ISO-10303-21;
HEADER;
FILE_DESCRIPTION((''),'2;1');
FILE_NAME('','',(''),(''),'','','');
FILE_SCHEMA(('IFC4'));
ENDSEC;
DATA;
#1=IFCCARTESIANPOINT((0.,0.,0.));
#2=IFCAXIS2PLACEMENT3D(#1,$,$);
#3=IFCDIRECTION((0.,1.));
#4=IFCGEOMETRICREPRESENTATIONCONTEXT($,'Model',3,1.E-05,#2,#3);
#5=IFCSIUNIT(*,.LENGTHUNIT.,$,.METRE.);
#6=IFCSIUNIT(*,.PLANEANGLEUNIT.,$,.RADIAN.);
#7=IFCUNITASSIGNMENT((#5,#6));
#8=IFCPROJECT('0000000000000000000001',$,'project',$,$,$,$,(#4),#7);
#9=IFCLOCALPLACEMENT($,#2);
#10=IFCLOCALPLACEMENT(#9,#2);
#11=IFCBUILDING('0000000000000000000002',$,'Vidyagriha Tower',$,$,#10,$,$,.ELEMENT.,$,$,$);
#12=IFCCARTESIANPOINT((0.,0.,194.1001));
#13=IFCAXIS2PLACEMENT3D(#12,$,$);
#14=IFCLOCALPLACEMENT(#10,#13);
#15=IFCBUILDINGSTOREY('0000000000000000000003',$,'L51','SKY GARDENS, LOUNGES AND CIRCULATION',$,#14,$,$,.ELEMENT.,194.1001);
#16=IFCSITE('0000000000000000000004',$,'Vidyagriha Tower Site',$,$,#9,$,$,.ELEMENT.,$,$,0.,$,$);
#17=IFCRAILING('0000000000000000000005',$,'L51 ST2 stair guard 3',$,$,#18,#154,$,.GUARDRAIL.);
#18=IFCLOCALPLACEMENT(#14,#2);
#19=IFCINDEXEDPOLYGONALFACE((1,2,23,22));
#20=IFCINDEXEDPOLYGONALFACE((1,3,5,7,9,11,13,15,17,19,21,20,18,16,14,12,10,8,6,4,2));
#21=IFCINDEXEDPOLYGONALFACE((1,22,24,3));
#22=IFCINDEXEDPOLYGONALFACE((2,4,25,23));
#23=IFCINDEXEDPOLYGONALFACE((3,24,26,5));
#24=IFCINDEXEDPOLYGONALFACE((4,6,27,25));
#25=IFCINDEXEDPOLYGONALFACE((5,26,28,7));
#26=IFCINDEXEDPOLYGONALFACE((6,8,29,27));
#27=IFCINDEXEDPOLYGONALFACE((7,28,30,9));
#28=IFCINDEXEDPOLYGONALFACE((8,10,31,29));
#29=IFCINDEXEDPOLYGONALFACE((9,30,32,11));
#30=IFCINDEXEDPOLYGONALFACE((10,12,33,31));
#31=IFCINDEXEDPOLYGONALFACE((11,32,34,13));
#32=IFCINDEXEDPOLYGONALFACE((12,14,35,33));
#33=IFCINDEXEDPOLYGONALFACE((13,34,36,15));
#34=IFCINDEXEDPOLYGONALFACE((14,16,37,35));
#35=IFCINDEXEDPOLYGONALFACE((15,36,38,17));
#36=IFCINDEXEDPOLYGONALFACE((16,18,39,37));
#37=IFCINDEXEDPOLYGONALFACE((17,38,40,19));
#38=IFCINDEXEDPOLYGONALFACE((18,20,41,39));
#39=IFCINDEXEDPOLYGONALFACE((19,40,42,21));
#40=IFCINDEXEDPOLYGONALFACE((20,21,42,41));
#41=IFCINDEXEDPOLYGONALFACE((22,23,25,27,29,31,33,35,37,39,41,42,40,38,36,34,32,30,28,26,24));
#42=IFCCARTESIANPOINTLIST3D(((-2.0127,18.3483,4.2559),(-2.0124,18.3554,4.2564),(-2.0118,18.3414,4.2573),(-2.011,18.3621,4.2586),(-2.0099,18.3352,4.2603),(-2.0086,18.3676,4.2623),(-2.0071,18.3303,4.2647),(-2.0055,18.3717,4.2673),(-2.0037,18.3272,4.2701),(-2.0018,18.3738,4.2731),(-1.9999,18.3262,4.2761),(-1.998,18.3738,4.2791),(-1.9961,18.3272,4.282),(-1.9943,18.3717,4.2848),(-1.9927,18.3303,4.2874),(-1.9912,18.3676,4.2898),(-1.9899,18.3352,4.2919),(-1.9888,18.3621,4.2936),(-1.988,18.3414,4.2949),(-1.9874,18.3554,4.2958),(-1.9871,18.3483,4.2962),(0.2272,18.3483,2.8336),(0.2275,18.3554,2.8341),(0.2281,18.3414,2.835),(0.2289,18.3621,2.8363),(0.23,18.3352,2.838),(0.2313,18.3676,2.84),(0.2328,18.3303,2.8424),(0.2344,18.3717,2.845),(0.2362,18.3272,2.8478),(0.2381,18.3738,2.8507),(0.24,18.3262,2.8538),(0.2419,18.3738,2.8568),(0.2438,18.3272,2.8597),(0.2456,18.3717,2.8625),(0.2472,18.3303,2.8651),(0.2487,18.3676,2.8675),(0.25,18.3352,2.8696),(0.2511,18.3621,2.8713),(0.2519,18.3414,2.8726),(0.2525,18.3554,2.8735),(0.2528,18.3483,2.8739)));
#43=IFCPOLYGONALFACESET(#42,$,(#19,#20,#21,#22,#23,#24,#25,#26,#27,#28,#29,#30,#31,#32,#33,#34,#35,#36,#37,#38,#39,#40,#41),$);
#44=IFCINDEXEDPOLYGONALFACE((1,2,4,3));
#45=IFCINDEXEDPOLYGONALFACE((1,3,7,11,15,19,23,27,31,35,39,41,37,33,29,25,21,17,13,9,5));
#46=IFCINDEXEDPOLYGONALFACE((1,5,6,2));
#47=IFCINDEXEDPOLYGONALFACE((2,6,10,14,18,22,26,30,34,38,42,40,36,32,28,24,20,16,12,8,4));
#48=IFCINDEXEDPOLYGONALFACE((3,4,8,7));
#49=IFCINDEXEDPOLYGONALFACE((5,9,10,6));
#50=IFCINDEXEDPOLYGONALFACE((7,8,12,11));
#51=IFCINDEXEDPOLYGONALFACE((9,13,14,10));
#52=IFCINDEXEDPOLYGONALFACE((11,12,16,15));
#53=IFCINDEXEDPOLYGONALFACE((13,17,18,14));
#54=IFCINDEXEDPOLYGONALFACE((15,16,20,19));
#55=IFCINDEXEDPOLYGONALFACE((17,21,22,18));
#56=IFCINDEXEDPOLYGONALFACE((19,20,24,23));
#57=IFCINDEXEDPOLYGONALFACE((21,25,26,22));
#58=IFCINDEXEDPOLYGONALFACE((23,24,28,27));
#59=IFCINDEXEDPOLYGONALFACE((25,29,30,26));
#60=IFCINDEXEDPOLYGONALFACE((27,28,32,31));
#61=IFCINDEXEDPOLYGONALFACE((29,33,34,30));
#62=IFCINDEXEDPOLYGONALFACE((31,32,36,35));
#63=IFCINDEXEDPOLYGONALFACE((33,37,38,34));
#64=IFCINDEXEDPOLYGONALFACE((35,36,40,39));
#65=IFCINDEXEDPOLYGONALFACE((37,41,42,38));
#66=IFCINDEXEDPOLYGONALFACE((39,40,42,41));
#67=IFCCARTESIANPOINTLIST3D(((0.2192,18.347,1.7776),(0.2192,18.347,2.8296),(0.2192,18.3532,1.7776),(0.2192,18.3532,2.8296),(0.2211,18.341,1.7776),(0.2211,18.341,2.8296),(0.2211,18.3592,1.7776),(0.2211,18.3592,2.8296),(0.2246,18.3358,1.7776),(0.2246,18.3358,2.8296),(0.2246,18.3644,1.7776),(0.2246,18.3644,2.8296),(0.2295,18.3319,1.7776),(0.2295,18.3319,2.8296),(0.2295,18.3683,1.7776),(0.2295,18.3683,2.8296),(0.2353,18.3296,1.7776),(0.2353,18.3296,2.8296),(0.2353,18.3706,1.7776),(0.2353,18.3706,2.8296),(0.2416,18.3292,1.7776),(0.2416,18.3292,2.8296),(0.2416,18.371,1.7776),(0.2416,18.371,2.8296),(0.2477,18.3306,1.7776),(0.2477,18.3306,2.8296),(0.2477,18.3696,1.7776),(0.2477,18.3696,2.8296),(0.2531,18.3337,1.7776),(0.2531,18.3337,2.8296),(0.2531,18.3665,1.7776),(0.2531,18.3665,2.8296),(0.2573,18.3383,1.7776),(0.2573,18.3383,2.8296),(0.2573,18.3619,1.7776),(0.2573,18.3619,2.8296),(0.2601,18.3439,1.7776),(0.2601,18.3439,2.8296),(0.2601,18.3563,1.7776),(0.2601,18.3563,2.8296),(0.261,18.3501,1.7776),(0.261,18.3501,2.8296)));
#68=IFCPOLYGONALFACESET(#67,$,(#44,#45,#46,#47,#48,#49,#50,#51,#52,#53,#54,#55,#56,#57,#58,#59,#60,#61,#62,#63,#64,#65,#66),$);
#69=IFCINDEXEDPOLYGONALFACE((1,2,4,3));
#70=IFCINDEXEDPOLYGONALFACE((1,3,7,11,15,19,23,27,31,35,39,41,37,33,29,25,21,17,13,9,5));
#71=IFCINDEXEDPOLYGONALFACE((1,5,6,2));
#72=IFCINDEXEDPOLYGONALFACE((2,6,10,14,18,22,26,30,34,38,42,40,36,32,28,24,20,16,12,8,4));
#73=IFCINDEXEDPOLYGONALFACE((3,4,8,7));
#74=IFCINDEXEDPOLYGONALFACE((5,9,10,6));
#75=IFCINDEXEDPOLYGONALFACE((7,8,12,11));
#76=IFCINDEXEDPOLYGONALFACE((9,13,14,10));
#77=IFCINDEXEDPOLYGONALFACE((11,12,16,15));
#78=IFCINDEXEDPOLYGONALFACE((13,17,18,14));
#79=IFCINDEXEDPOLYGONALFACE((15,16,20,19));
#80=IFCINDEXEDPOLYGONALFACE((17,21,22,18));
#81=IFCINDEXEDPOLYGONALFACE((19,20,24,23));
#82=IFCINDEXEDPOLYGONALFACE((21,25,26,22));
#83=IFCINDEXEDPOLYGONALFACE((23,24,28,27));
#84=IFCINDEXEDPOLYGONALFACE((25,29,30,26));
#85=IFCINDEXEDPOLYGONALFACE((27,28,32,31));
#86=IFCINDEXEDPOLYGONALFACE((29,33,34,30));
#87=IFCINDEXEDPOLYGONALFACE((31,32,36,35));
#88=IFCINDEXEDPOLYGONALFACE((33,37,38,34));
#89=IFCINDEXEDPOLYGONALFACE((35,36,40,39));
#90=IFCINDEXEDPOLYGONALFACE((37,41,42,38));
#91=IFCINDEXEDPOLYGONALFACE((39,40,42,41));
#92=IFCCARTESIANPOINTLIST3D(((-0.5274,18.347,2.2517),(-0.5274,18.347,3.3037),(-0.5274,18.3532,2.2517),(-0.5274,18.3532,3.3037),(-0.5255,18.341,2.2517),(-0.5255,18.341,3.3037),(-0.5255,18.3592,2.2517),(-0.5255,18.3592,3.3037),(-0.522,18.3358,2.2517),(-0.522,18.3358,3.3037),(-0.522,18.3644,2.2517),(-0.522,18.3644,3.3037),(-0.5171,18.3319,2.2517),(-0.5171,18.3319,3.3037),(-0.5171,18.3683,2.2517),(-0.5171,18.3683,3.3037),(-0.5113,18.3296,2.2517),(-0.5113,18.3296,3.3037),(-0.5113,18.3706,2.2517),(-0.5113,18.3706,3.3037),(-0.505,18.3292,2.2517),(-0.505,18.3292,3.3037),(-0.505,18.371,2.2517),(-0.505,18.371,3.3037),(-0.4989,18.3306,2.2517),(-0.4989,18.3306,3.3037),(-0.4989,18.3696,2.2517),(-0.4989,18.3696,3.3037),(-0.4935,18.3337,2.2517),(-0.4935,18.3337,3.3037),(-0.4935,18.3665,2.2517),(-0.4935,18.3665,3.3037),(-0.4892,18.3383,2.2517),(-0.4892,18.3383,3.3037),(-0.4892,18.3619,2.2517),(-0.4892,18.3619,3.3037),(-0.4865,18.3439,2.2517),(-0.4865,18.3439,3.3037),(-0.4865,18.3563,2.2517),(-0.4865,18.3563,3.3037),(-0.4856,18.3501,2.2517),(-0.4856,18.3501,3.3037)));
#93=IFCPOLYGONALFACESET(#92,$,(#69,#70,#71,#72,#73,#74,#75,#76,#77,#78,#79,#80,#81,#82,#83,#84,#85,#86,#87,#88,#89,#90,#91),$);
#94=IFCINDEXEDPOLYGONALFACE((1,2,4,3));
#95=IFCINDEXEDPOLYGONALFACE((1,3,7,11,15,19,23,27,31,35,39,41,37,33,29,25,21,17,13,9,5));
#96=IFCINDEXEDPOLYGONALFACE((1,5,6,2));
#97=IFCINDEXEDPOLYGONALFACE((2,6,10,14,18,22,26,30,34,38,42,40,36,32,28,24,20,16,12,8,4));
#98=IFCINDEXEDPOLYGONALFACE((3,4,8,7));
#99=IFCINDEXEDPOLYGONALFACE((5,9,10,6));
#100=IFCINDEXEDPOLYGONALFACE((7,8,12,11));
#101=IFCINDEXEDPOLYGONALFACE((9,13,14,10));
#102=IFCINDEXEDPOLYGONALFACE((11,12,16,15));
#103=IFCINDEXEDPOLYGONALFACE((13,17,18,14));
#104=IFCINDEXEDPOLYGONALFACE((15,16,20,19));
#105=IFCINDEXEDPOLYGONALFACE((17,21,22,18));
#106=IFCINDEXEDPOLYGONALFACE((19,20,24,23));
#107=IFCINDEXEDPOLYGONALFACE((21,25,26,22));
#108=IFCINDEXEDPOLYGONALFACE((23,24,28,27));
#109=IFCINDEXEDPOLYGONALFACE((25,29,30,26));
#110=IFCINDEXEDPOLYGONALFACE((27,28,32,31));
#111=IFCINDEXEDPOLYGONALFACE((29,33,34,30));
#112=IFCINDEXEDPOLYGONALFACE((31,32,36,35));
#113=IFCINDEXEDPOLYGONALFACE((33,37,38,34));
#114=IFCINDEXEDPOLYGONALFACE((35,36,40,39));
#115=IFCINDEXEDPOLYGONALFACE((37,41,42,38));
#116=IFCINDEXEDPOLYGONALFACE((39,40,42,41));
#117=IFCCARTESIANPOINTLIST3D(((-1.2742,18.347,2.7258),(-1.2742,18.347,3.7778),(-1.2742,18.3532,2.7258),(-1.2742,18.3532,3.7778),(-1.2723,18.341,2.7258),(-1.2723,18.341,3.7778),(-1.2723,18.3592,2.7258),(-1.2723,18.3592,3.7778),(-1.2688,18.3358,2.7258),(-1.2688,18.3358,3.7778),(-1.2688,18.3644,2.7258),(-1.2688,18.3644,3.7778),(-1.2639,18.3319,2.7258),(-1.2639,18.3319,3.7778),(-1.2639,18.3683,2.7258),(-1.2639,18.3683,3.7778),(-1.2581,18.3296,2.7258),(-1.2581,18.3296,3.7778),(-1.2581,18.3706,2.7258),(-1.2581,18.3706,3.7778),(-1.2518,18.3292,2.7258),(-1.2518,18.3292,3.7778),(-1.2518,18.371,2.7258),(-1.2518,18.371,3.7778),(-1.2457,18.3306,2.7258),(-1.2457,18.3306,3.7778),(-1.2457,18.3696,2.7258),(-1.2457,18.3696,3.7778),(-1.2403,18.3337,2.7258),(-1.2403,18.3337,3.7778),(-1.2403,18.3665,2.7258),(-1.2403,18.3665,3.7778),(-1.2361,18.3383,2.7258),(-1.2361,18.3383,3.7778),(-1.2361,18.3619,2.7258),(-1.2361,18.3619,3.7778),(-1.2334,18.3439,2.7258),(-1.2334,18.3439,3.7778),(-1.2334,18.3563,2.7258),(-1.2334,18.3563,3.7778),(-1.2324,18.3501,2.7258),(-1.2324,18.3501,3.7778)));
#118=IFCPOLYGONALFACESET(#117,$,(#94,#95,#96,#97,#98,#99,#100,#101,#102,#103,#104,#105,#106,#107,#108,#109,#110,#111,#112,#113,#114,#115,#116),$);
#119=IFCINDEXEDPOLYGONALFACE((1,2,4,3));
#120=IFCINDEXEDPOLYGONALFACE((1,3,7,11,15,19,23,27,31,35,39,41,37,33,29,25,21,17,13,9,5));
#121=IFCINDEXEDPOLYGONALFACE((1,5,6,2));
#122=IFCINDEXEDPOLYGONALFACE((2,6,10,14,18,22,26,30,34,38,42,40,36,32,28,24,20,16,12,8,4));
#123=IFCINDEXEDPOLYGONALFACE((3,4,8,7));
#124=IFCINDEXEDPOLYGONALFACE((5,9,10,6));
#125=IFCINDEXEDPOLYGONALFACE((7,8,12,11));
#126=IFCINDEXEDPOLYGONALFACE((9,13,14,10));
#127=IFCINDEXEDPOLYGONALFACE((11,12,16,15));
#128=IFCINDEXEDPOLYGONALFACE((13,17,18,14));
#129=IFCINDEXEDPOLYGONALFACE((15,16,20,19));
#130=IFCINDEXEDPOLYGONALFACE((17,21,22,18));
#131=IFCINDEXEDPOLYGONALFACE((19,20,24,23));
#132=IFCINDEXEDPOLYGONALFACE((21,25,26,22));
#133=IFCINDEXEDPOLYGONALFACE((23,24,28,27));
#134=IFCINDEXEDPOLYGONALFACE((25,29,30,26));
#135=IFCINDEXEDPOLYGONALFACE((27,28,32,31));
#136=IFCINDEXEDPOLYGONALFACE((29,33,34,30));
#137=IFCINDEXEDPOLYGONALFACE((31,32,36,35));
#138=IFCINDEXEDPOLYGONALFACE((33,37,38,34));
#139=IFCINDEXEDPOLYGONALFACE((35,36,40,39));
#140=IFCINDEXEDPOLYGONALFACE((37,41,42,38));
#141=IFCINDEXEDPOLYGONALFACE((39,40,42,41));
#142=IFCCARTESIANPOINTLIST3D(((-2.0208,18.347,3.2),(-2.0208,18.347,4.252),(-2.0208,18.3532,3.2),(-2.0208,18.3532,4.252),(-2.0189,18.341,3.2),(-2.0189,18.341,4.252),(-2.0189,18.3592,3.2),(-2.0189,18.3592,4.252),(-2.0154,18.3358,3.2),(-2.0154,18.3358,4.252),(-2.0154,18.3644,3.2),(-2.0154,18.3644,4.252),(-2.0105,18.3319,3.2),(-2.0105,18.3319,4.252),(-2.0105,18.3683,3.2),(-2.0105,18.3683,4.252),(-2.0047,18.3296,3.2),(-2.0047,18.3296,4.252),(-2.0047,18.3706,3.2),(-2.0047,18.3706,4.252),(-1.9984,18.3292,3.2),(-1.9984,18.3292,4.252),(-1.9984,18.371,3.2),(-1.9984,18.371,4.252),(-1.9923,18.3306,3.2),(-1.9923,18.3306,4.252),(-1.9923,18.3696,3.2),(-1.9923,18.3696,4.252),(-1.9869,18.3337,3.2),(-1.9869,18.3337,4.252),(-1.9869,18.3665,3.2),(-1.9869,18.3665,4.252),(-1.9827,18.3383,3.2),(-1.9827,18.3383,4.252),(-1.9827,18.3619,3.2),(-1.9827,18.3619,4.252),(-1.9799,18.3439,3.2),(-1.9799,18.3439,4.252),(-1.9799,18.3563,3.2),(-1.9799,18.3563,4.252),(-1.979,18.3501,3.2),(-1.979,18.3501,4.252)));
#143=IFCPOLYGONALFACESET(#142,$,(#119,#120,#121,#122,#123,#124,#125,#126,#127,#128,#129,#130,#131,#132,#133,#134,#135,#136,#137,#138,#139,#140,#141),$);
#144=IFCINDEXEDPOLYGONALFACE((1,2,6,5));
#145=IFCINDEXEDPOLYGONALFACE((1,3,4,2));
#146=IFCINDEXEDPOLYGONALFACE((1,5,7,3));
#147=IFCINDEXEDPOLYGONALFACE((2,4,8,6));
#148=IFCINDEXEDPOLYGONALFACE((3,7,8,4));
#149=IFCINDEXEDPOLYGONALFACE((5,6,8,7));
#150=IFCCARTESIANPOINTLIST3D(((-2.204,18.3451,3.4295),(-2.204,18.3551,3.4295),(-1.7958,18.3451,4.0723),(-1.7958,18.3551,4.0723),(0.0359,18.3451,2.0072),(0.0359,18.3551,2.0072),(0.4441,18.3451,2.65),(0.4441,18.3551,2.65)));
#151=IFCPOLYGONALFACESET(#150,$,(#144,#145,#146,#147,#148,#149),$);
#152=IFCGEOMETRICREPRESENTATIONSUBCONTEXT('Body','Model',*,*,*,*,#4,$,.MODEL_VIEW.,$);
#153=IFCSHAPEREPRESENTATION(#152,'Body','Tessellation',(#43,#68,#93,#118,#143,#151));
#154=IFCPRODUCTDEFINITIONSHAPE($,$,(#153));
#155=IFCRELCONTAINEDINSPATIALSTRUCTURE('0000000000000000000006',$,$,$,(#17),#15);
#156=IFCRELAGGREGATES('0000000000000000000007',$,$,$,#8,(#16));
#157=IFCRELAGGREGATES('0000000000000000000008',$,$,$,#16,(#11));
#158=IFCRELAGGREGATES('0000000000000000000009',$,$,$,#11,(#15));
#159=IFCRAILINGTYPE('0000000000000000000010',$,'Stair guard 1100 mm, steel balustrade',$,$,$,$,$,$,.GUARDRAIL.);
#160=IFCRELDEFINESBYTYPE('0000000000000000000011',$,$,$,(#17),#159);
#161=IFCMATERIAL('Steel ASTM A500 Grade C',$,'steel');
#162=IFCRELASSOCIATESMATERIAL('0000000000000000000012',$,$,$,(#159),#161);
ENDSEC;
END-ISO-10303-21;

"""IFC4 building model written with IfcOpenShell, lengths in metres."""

from ifc_helpers import new_model, si_unit, direction, frame, origin, origin_2d, place, context, subcontext, project, spatial, rectangle, circle, extrude, material, type_object, element, save


model = new_model("IFC4")

# Units and contexts
model_context = context("Model", 3, precision=1e-05, world=origin(), true_north=direction((0.0, 1.0)))
body_context = subcontext(model_context, "Body", "Model", "MODEL_VIEW")
ifc_project = project(units=[si_unit("LENGTHUNIT", "METRE"), si_unit("PLANEANGLEUNIT", "RADIAN")], contexts=[model_context])

# Site, building, storey
site_placement = place(None, origin())
site = spatial("IfcSite", under=ifc_project, at=site_placement, Name="Vidyagriha Tower Site", CompositionType="ELEMENT", RefElevation=0.0)
building_placement = place(site_placement, origin())
building = spatial("IfcBuilding", under=site, at=building_placement, Name="Vidyagriha Tower", CompositionType="ELEMENT")
storey_placement = place(building_placement, frame((0.0, 0.0, 194.1001)))
storey = spatial("IfcBuildingStorey", under=building, at=storey_placement, Name="L51", Description="SKY GARDENS, LOUNGES AND CIRCULATION", CompositionType="ELEMENT", Elevation=194.1001)

# Railing
ifc_material_1 = material(Name="Steel ASTM A500 Grade C", Category="steel")
railing_type_1 = type_object("IfcRailingType", Name="Stair guard 1100 mm, steel balustrade", PredefinedType="GUARDRAIL", material=ifc_material_1)
railing_1_placement = place(storey_placement, frame((0.24, 18.3501, 1.7776)))
element("IfcRailing", 1, at=railing_1_placement, inside=storey, type_object=railing_type_1, Name="L51 ST2 stair guard 3", PredefinedType="GUARDRAIL", context=body_context, shape_type="SweptSolid", body=[
    extrude(circle(Radius=0.0239, at=origin_2d()), frame((0.0, 0.0, 1.0762), z_axis=(-0.844188, 0.0, 0.536048), x_axis=(0.0, -1.0, 0.0)), (0.0, 0.0, 1.0), 2.6533),
    extrude(circle(Radius=0.021, at=origin_2d()), origin(), (0.0, 0.0, 1.0), 1.052),
    extrude(circle(Radius=0.021, at=origin_2d()), frame((-0.7466, 0.0, 0.4741)), (0.0, 0.0, 1.0), 1.052),
    extrude(circle(Radius=0.021, at=origin_2d()), frame((-1.4934, 0.0, 0.9482)), (0.0, 0.0, 1.0), 1.052),
    extrude(circle(Radius=0.021, at=origin_2d()), frame((-2.24, 0.0, 1.4224)), (0.0, 0.0, 1.0), 1.052),
    extrude(rectangle(XDim=0.01, YDim=0.7615, at=origin_2d()), frame((0.0, 0.0, 0.551), z_axis=(-0.844188, 0.0, 0.536048), x_axis=(0.0, -1.0, 0.0)), (0.0, 0.0, 1.0), 2.6533),
])

save(model, "model.ifc")
